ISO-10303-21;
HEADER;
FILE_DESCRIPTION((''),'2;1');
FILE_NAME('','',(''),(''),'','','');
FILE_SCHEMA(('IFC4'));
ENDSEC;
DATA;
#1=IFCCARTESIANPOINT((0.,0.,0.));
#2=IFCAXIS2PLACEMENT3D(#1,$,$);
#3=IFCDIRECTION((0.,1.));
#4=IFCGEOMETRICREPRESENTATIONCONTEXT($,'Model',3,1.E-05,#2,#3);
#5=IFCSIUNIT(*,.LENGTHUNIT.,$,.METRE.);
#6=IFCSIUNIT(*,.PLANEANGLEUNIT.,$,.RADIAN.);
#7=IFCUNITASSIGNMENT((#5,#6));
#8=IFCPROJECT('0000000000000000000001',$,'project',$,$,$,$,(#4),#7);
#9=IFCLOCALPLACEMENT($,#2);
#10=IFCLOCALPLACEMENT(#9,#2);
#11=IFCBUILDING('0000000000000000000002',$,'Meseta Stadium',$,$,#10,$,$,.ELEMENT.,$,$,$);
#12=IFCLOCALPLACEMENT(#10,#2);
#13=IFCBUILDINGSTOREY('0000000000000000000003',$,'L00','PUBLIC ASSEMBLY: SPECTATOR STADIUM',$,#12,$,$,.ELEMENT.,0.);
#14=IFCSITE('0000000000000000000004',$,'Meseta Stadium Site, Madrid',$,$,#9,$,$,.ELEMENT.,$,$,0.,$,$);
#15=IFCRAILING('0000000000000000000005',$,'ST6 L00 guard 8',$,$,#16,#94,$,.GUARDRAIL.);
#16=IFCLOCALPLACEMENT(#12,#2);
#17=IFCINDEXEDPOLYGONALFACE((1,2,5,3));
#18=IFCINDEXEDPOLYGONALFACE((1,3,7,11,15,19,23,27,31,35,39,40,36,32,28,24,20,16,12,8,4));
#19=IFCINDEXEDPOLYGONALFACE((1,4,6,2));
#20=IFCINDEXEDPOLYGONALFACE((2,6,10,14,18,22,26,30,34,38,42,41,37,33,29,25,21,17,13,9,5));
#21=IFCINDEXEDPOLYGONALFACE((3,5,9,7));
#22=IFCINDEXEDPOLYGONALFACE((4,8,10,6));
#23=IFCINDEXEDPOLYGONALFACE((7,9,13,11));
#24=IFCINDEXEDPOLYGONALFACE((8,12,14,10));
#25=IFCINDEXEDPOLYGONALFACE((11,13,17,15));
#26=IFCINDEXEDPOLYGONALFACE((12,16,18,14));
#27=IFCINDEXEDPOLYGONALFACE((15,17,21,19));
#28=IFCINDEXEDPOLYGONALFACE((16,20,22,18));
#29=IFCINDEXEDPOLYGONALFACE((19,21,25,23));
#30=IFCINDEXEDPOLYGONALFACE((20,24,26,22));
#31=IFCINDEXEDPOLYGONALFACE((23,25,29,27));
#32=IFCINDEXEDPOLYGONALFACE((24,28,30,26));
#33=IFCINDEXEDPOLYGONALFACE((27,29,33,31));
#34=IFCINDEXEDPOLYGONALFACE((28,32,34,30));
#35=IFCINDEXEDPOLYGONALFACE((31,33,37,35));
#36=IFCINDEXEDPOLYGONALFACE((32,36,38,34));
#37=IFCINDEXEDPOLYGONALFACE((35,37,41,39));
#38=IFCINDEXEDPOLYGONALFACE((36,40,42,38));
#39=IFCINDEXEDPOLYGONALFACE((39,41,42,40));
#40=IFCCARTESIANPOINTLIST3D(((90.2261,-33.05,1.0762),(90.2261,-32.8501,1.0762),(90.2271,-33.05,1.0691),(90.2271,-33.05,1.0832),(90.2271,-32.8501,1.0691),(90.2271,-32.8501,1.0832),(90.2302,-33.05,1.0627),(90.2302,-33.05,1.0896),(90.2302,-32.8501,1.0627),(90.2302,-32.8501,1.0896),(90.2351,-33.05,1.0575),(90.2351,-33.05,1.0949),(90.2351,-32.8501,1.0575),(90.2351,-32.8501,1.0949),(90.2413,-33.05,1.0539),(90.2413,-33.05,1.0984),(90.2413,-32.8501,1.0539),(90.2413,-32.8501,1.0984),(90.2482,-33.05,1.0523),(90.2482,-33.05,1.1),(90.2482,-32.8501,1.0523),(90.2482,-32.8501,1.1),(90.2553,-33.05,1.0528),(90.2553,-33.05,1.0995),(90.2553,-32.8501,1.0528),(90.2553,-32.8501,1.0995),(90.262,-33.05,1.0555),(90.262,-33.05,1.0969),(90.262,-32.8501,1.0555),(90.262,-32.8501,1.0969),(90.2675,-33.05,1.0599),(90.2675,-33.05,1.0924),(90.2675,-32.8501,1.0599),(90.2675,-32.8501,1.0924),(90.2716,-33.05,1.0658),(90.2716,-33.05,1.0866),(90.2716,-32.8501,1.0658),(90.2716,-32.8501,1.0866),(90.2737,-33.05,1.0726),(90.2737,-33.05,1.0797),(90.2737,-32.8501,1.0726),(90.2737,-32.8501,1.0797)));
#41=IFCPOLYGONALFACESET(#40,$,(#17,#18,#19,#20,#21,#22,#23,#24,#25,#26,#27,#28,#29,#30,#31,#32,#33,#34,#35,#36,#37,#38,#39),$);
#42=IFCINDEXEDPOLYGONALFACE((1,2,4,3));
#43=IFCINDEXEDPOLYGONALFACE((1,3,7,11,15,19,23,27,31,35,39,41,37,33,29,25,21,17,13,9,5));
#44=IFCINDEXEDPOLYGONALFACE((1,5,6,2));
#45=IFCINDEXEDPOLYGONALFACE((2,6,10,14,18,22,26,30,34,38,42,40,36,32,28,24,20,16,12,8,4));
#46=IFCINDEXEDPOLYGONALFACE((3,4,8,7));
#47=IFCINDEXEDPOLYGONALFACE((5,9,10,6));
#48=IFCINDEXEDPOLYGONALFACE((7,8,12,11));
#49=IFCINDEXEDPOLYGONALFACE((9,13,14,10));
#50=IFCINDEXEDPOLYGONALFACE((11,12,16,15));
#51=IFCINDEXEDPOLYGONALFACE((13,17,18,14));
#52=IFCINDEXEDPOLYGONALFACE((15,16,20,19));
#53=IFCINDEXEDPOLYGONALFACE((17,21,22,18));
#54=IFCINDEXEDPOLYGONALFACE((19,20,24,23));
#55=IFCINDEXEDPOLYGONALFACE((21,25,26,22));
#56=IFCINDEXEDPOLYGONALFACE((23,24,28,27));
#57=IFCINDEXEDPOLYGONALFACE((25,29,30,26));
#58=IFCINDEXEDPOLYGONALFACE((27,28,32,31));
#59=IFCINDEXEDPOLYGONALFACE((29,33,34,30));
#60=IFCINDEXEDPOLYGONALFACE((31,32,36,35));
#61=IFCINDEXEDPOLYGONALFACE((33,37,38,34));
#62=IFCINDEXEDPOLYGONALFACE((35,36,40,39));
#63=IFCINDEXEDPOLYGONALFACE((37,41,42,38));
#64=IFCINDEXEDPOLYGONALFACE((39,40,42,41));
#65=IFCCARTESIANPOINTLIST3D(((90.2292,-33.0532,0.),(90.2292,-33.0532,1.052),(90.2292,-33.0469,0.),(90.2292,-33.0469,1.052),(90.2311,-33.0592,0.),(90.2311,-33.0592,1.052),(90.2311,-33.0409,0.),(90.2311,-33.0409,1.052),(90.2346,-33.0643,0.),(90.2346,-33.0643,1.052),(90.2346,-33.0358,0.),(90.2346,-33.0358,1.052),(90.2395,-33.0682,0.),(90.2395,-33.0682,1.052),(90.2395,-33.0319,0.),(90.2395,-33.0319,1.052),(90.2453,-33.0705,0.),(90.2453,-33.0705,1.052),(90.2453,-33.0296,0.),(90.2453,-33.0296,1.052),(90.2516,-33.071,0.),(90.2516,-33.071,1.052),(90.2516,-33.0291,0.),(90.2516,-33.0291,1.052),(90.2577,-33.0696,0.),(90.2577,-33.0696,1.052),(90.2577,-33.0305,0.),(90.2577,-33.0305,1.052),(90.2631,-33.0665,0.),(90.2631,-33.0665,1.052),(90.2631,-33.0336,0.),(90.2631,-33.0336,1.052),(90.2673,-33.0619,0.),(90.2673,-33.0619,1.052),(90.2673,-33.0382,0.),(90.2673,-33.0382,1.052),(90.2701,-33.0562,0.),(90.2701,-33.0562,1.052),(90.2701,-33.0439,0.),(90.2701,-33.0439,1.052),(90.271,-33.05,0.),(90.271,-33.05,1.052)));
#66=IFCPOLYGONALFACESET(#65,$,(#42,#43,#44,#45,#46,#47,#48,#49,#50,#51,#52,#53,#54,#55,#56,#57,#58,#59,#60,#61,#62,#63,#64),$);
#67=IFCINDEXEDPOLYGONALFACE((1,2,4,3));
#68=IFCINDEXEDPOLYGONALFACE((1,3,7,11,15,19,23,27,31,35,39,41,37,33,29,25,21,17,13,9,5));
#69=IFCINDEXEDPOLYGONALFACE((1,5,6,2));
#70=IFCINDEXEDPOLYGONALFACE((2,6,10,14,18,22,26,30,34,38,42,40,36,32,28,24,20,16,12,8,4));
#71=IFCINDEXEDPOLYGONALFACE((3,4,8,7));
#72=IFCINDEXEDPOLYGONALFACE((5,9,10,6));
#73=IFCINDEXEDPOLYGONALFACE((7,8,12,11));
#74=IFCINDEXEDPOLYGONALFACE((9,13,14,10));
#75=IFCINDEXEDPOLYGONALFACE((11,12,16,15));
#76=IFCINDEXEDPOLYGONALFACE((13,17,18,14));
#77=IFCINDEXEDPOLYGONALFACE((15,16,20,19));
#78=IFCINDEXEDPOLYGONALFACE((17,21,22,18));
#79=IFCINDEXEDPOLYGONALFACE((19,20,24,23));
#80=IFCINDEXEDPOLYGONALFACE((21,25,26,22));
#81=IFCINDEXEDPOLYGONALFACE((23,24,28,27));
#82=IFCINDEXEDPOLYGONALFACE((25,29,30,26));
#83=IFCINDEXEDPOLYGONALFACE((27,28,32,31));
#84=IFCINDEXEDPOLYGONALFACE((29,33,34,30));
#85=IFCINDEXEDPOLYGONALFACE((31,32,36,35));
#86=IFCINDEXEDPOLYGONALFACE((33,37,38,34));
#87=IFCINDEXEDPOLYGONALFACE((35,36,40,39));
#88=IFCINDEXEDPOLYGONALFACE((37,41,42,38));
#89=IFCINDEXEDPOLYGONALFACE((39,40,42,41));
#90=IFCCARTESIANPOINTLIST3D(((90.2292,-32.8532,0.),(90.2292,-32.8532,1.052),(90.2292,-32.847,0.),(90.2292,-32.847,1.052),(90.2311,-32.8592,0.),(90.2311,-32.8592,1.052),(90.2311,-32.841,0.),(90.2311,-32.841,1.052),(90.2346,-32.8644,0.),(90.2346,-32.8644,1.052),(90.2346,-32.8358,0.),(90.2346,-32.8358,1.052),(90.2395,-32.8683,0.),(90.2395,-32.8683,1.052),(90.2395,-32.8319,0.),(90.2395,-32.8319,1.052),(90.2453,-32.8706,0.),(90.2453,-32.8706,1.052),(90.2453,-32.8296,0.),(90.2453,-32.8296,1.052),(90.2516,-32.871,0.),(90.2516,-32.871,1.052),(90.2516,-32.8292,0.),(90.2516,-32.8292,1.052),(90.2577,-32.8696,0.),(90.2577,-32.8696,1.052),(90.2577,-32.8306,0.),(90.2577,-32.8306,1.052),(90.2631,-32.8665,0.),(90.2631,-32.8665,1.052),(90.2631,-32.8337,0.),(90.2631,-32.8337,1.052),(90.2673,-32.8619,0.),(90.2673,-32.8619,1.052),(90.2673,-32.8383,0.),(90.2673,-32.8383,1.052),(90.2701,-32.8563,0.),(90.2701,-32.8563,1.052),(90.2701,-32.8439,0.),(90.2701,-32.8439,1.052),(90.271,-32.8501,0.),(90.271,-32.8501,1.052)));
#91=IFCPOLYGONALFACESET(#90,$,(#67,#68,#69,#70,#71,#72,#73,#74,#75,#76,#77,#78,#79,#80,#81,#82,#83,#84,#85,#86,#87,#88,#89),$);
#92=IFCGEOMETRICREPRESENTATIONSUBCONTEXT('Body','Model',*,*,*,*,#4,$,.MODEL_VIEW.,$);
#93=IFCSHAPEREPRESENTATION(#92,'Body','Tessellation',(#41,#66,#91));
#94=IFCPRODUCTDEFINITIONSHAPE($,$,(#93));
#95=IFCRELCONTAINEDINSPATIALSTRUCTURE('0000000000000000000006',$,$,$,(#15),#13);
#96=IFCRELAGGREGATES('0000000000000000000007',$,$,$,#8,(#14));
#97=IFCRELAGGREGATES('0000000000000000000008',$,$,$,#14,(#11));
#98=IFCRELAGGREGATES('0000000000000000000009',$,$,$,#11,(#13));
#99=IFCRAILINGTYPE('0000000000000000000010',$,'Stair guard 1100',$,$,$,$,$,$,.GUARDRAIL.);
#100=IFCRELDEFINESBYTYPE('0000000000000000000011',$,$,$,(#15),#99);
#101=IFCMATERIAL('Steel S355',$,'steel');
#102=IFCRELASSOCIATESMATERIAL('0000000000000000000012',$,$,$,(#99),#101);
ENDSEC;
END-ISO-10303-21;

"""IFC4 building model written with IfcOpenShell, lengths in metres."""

from ifc_helpers import new_model, si_unit, direction, frame, origin, origin_2d, place, context, subcontext, project, spatial, circle, extrude, material, type_object, element, save


model = new_model("IFC4")

# Units and contexts
model_context = context("Model", 3, precision=1e-05, world=origin(), true_north=direction((0.0, 1.0)))
body_context = subcontext(model_context, "Body", "Model", "MODEL_VIEW")
ifc_project = project(units=[si_unit("LENGTHUNIT", "METRE"), si_unit("PLANEANGLEUNIT", "RADIAN")], contexts=[model_context])

# Site, building, storey
site_placement = place(None, origin())
site = spatial("IfcSite", under=ifc_project, at=site_placement, Name="Meseta Stadium Site, Madrid", CompositionType="ELEMENT", RefElevation=0.0)
building_placement = place(site_placement, origin())
building = spatial("IfcBuilding", under=site, at=building_placement, Name="Meseta Stadium", CompositionType="ELEMENT")
storey_placement = place(building_placement, origin())
storey = spatial("IfcBuildingStorey", under=building, at=storey_placement, Name="L00", Description="PUBLIC ASSEMBLY: SPECTATOR STADIUM", CompositionType="ELEMENT", Elevation=0.0)

# Railing
ifc_material_1 = material(Name="Steel S355", Category="steel")
railing_type_1 = type_object("IfcRailingType", Name="Stair guard 1100", PredefinedType="GUARDRAIL", material=ifc_material_1)
railing_1_placement = place(storey_placement, frame((90.25, -33.05, 0.0)))
element("IfcRailing", 1, at=railing_1_placement, inside=storey, type_object=railing_type_1, Name="ST6 L00 guard 8", PredefinedType="GUARDRAIL", context=body_context, shape_type="SweptSolid", body=[
    extrude(circle(Radius=0.0239, at=origin_2d()), frame((0.0, 0.0, 1.0762), z_axis=(0.0, 1.0, 0.0), x_axis=(-1.0, 0.0, 0.0)), (0.0, 0.0, 1.0), 0.2),
    extrude(circle(Radius=0.021, at=origin_2d()), origin(), (0.0, 0.0, 1.0), 1.052),
    extrude(circle(Radius=0.021, at=origin_2d()), frame((0.0, 0.2, 0.0)), (0.0, 0.0, 1.0), 1.052),
])

save(model, "model.ifc")
